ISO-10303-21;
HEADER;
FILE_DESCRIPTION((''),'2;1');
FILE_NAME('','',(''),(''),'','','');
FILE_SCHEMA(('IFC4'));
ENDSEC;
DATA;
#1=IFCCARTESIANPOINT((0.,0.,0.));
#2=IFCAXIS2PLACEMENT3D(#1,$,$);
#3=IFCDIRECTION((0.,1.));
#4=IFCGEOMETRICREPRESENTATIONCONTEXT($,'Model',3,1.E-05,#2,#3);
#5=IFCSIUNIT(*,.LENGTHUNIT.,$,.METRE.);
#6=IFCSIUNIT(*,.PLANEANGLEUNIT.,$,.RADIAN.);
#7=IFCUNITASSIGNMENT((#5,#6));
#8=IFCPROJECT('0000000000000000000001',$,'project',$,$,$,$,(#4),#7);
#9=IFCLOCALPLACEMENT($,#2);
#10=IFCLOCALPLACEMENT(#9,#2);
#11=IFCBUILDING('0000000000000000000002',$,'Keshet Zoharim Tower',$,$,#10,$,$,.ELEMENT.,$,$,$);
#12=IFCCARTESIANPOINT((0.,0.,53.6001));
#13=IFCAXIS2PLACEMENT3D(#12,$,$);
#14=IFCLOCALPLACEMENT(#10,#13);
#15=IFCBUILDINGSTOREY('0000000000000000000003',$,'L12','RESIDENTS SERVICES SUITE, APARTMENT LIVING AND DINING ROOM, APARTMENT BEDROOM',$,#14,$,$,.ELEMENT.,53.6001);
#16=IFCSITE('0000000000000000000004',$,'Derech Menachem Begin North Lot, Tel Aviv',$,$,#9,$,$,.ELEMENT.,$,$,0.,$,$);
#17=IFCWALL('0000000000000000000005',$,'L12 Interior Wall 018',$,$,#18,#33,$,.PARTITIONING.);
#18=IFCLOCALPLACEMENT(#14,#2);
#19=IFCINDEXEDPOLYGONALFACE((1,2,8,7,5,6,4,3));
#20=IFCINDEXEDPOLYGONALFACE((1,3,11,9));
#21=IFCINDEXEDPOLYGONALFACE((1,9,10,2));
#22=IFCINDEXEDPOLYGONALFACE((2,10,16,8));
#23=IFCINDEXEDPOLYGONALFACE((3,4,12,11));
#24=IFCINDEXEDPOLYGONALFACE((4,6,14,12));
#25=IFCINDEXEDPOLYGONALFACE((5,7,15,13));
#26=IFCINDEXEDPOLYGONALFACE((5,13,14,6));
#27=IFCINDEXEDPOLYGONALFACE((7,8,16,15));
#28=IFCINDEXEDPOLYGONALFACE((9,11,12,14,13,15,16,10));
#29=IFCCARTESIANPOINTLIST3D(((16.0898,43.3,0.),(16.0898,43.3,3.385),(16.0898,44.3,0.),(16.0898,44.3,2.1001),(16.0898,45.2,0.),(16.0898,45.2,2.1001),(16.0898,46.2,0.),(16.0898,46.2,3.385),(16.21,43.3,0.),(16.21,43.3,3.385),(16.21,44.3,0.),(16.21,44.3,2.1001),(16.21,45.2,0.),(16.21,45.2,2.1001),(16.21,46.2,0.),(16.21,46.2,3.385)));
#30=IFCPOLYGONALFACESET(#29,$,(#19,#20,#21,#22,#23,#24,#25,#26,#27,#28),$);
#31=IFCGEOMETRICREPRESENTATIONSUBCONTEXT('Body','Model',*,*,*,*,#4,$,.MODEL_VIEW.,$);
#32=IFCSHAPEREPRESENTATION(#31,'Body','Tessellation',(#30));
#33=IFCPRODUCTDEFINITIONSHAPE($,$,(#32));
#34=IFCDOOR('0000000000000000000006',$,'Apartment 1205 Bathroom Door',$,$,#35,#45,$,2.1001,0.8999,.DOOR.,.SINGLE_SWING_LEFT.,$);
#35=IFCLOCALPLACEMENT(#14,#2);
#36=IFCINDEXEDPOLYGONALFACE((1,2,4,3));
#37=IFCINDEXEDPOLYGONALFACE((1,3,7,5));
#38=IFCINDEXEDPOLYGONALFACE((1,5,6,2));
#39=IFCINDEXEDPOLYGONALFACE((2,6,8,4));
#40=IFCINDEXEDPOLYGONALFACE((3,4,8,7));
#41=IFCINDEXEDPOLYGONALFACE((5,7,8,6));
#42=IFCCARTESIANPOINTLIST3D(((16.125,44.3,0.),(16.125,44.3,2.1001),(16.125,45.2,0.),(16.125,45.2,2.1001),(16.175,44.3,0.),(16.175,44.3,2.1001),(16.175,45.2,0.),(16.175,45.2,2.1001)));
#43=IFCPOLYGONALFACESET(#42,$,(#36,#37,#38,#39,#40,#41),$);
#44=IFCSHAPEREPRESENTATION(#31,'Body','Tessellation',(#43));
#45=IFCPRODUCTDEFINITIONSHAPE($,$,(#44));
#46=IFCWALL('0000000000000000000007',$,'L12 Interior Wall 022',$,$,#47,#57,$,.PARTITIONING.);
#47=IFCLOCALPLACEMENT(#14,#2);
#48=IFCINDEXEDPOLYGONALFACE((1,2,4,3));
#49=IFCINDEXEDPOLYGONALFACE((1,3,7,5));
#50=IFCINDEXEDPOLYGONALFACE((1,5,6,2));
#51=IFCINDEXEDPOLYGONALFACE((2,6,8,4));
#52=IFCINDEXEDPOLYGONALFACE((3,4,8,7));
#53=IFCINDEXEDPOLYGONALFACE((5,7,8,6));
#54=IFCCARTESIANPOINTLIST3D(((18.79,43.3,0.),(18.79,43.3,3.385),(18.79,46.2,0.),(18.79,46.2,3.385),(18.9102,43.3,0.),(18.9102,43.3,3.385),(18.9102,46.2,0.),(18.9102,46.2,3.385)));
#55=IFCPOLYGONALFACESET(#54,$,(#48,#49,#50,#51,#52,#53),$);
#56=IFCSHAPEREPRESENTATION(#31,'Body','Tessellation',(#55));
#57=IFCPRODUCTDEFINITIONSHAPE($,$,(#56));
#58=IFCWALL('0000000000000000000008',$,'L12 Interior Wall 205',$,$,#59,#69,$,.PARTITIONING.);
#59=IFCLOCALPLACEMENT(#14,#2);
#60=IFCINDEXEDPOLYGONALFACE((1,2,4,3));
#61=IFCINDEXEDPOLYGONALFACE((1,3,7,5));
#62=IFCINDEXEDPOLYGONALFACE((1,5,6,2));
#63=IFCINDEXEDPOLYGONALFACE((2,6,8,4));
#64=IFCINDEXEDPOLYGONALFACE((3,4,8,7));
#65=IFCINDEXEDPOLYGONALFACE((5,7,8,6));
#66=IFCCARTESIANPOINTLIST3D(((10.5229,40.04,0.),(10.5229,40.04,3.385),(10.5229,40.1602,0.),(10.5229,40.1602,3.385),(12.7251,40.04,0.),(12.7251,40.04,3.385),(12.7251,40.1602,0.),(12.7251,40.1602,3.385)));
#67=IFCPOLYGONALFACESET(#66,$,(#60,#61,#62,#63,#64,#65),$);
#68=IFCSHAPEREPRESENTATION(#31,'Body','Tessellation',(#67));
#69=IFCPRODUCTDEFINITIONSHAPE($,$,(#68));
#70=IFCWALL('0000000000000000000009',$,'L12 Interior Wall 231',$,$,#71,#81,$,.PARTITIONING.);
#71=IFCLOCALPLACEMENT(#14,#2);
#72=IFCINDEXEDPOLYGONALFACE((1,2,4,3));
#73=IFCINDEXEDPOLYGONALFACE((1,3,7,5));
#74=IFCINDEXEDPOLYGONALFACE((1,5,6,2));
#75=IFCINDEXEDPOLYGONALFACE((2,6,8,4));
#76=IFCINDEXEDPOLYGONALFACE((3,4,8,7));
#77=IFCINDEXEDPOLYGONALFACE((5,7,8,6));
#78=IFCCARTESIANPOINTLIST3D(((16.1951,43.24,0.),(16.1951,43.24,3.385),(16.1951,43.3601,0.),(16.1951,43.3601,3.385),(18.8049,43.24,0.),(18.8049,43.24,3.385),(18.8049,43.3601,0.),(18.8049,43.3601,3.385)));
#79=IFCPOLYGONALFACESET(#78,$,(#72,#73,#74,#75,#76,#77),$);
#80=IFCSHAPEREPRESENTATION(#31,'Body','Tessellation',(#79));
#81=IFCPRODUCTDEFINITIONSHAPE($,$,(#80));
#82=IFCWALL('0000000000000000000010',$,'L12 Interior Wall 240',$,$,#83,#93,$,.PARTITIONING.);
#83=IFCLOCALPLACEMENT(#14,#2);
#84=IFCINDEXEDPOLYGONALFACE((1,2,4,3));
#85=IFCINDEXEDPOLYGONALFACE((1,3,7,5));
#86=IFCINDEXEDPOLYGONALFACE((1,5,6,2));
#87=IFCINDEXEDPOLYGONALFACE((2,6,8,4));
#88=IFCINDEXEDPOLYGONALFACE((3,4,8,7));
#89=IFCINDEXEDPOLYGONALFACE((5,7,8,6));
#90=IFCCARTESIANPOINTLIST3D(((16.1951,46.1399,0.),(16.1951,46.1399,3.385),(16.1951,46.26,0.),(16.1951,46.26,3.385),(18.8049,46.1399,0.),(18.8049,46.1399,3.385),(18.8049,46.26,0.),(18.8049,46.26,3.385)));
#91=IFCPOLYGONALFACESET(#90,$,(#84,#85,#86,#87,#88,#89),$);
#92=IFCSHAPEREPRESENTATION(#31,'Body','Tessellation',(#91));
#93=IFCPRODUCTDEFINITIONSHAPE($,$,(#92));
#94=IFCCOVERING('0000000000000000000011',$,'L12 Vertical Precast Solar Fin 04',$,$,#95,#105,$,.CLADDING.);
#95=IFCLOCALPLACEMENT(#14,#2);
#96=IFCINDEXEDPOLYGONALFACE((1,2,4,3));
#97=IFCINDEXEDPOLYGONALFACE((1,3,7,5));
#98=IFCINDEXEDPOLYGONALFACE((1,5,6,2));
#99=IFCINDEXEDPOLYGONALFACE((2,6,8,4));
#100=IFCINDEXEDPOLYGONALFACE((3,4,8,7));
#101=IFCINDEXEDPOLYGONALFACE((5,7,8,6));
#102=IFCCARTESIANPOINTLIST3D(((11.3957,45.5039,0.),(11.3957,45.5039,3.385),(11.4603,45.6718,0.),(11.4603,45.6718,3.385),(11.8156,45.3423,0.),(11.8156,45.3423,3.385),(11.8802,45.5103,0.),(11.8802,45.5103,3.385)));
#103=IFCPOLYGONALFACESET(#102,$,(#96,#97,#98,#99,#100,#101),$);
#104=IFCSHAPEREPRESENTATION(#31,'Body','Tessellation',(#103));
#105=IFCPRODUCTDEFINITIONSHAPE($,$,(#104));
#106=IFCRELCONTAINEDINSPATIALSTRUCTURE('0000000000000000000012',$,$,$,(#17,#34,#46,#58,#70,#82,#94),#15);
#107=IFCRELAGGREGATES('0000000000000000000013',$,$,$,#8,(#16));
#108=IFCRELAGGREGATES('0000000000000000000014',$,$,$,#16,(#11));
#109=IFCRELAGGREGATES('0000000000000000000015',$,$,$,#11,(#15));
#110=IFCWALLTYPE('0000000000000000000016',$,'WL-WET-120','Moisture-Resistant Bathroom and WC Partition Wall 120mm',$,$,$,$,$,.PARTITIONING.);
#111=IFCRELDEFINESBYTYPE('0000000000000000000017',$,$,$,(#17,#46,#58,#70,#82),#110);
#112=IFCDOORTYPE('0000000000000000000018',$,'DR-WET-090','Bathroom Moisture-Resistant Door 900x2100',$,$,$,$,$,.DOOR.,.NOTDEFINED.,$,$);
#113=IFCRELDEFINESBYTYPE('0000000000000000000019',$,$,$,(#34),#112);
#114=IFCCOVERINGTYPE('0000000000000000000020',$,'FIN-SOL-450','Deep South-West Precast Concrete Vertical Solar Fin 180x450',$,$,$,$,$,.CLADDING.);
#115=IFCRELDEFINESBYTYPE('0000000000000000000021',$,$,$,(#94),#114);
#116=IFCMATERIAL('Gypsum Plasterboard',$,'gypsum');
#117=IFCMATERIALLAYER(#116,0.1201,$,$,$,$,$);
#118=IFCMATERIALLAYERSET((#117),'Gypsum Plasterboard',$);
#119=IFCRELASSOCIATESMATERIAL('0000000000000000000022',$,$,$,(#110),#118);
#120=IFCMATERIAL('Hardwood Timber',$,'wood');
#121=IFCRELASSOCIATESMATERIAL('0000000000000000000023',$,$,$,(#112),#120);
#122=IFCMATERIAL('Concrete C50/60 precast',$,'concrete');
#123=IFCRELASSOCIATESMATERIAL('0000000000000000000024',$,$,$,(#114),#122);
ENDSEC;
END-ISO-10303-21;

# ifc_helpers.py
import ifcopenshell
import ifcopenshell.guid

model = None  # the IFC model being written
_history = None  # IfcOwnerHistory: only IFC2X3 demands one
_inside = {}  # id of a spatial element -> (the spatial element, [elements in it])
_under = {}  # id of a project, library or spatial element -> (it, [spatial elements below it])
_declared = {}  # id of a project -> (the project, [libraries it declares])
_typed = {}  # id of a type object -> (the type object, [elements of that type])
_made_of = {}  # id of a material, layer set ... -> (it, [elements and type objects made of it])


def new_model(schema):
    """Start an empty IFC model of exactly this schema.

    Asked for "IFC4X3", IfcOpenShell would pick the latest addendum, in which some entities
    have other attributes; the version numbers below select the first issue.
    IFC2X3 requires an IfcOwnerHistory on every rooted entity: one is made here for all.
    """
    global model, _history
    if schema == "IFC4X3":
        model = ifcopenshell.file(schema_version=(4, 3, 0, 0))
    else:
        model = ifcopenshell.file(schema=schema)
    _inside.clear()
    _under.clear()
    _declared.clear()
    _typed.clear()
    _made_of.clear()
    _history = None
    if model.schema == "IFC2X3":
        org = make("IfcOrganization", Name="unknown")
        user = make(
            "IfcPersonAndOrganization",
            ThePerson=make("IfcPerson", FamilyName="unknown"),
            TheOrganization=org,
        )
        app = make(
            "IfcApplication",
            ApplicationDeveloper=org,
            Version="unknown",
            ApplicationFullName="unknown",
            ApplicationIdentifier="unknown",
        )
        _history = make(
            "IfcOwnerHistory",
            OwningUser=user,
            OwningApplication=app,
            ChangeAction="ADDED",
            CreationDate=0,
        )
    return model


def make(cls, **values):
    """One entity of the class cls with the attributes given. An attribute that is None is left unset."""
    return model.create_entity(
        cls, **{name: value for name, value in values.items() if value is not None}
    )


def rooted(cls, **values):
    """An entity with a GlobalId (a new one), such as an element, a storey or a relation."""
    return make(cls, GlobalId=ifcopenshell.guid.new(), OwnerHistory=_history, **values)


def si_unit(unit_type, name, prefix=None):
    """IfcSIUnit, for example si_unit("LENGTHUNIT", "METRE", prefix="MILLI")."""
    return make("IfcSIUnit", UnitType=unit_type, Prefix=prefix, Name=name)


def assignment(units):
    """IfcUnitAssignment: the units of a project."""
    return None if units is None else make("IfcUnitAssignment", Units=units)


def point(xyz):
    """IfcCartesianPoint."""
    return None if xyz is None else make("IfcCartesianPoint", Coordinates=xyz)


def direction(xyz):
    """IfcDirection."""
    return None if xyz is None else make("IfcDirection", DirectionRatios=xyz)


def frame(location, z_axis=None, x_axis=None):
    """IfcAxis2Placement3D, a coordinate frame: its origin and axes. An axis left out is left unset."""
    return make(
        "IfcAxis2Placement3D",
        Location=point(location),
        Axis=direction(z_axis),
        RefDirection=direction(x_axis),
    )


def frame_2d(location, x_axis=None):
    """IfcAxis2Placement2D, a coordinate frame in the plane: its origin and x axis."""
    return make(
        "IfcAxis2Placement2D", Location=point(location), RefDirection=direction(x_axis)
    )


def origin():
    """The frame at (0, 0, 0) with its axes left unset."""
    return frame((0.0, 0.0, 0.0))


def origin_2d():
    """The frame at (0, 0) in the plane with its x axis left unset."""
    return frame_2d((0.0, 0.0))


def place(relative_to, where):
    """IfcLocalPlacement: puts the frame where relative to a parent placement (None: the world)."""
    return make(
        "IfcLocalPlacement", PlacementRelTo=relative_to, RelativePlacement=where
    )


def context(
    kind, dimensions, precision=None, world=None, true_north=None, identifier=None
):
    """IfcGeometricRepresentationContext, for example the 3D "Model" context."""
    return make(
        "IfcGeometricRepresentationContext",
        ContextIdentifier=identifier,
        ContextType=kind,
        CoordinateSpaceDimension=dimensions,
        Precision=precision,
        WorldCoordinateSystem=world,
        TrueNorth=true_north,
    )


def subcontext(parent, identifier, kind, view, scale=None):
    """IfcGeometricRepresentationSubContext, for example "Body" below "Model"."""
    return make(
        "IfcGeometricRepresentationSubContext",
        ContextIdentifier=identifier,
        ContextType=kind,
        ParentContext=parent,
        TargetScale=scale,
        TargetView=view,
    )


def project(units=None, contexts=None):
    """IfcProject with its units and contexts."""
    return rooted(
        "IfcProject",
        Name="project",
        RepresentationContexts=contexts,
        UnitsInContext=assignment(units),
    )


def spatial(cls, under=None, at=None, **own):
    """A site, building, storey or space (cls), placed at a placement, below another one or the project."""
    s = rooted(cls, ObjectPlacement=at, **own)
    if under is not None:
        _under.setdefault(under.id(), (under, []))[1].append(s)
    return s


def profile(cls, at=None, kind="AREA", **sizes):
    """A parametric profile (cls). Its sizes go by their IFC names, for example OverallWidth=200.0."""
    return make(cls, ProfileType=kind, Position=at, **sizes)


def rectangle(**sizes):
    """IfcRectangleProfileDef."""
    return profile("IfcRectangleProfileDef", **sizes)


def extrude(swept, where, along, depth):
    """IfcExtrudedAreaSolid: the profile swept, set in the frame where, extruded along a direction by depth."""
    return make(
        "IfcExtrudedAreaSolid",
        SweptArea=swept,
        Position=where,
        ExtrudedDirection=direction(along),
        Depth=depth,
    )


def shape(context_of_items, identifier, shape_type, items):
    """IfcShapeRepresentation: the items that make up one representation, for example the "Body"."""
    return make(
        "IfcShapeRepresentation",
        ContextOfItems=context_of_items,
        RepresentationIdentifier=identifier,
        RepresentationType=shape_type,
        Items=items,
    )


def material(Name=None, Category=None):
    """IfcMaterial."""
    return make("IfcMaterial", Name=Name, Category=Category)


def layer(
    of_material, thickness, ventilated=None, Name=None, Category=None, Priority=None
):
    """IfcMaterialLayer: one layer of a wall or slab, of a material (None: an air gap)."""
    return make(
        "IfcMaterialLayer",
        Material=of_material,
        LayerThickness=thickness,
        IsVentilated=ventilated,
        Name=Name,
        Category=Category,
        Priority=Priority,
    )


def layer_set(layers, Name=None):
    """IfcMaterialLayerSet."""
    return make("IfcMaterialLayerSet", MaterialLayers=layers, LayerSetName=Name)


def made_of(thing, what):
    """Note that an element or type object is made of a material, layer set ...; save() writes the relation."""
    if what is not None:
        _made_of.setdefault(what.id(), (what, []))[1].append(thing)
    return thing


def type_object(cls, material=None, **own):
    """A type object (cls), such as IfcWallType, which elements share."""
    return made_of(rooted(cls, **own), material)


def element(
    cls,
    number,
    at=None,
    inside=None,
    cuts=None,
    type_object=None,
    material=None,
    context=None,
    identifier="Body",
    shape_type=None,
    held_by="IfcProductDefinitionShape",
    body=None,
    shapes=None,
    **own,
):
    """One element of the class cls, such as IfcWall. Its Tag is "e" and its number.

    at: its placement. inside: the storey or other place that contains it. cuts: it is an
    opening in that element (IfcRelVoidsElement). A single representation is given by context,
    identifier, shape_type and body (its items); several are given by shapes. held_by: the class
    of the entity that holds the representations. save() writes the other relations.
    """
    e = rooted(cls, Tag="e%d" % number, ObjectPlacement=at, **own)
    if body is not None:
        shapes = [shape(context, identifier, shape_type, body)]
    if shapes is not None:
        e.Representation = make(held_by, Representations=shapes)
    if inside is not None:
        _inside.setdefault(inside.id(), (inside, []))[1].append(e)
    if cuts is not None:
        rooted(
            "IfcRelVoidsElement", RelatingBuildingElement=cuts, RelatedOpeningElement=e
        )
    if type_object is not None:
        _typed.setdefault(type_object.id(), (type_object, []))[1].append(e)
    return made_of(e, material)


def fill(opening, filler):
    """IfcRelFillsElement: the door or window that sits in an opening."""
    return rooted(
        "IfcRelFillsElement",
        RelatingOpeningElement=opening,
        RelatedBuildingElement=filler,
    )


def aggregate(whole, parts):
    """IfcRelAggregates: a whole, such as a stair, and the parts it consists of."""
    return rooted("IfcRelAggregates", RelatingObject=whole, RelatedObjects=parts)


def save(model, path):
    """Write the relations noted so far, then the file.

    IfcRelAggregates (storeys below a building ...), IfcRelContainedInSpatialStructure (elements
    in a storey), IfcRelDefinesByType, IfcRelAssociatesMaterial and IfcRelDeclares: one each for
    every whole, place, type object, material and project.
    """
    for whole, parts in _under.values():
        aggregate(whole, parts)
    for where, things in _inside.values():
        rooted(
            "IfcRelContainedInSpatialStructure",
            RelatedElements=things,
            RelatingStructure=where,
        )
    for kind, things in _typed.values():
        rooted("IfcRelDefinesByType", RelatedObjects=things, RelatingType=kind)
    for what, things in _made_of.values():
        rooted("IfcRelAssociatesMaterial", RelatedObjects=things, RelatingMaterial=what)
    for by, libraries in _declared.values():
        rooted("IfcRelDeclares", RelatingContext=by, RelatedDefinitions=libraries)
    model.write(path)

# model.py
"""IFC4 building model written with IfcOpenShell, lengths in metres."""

from ifc_helpers import new_model, si_unit, direction, frame, frame_2d, origin, origin_2d, place, context, subcontext, project, spatial, rectangle, extrude, material, layer, layer_set, type_object, element, fill, save


model = new_model("IFC4")

# Units and contexts
model_context = context("Model", 3, precision=1e-05, world=origin(), true_north=direction((0.0, 1.0)))
body_context = subcontext(model_context, "Body", "Model", "MODEL_VIEW")
ifc_project = project(units=[si_unit("LENGTHUNIT", "METRE"), si_unit("PLANEANGLEUNIT", "RADIAN")], contexts=[model_context])

# Site, building, storey
site_placement = place(None, origin())
site = spatial("IfcSite", under=ifc_project, at=site_placement, Name="Derech Menachem Begin North Lot, Tel Aviv", CompositionType="ELEMENT", RefElevation=0.0)
building_placement = place(site_placement, origin())
building = spatial("IfcBuilding", under=site, at=building_placement, Name="Keshet Zoharim Tower", CompositionType="ELEMENT")
storey_placement = place(building_placement, frame((0.0, 0.0, 53.6001)))
storey = spatial("IfcBuildingStorey", under=building, at=storey_placement, Name="L12", Description="RESIDENTS SERVICES SUITE, APARTMENT LIVING AND DINING ROOM, APARTMENT BEDROOM", CompositionType="ELEMENT", Elevation=53.6001)

# Shared definitions
ifc_material_1 = material(Name="Gypsum Plasterboard", Category="gypsum")
ifc_material_2 = material(Name="Hardwood Timber", Category="wood")

# Wall, opening, door
ifc_layer_1 = layer(ifc_material_1, 0.1201)
ifc_layer_set_1 = layer_set([ifc_layer_1], Name="Gypsum Plasterboard")
wall_type_1 = type_object("IfcWallType", Name="WL-WET-120", Description="Moisture-Resistant Bathroom and WC Partition Wall 120mm", PredefinedType="PARTITIONING", material=ifc_layer_set_1)
wall_1_placement = place(storey_placement, frame((16.1499, 43.3, 0.0), z_axis=(0.0, 0.0, 1.0), x_axis=(0.0, 1.0, 0.0)))
wall_1 = element("IfcWall", 1, at=wall_1_placement, inside=storey, type_object=wall_type_1, Name="L12 Interior Wall 018", PredefinedType="PARTITIONING", context=body_context, shape_type="SweptSolid", body=[
    extrude(rectangle(XDim=2.8999, YDim=0.1201, at=frame_2d((1.45, 0.0))), origin(), (0.0, 0.0, 1.0), 3.385),
])
opening_1_placement = place(wall_1_placement, frame((1.0, 0.0, 0.0)))
opening_1 = element("IfcOpeningElement", 2, at=opening_1_placement, cuts=wall_1, PredefinedType="OPENING", context=body_context, shape_type="SweptSolid", body=[
    extrude(rectangle(XDim=0.8999, YDim=2.1001, at=frame_2d((0.45, 1.05))), frame((0.0, 0.0701, 0.0), z_axis=(0.0, -1.0, 0.0), x_axis=(1.0, 0.0, 0.0)), (0.0, 0.0, 1.0), 0.1401),
])
door_type_1 = type_object("IfcDoorType", Name="DR-WET-090", Description="Bathroom Moisture-Resistant Door 900x2100", OperationType="NOTDEFINED", PredefinedType="DOOR", material=ifc_material_2)
door_1_placement = place(opening_1_placement, origin())
door_1 = element("IfcDoor", 3, at=door_1_placement, inside=storey, type_object=door_type_1, Name="Apartment 1205 Bathroom Door", OperationType="SINGLE_SWING_LEFT", OverallHeight=2.1001, OverallWidth=0.8999, PredefinedType="DOOR", context=body_context, shape_type="SweptSolid", body=[
    extrude(rectangle(XDim=0.8999, YDim=2.1001, at=frame_2d((0.45, 1.05))), frame((0.0, 0.0249, 0.0), z_axis=(0.0, -1.0, 0.0), x_axis=(1.0, 0.0, 0.0)), (0.0, 0.0, 1.0), 0.05),
])
fill(opening_1, door_1)

# Walls
wall_2_placement = place(storey_placement, frame((18.8501, 43.3, 0.0), z_axis=(0.0, 0.0, 1.0), x_axis=(0.0, 1.0, 0.0)))
element("IfcWall", 4, at=wall_2_placement, inside=storey, type_object=wall_type_1, Name="L12 Interior Wall 022", PredefinedType="PARTITIONING", context=body_context, shape_type="SweptSolid", body=[
    extrude(rectangle(XDim=2.8999, YDim=0.1201, at=frame_2d((1.45, 0.0))), origin(), (0.0, 0.0, 1.0), 3.385),
])
wall_3_placement = place(storey_placement, frame((10.5229, 40.1001, 0.0), z_axis=(0.0, 0.0, 1.0), x_axis=(1.0, 0.0, 0.0)))
element("IfcWall", 5, at=wall_3_placement, inside=storey, type_object=wall_type_1, Name="L12 Interior Wall 205", PredefinedType="PARTITIONING", context=body_context, shape_type="SweptSolid", body=[
    extrude(rectangle(XDim=2.2021, YDim=0.1201, at=frame_2d((1.1011, 0.0))), origin(), (0.0, 0.0, 1.0), 3.385),
])
for number, where, z_axis, x_axis, name in (
    (6, (16.1951, 43.3, 0.0), (0.0, 0.0, 1.0), (1.0, 0.0, 0.0), "L12 Interior Wall 231"),
    (7, (16.1951, 46.2, 0.0), (0.0, 0.0, 1.0), (1.0, 0.0, 0.0), "L12 Interior Wall 240"),
):
    element("IfcWall", number, at=place(storey_placement, frame(where, z_axis=z_axis, x_axis=x_axis)), inside=storey, type_object=wall_type_1, Name=name, PredefinedType="PARTITIONING", context=body_context, shape_type="SweptSolid", body=[
        extrude(rectangle(XDim=2.6099, YDim=0.1201, at=frame_2d((1.3049, 0.0))), origin(), (0.0, 0.0, 1.0), 3.385),
    ])

# Covering
ifc_material_3 = material(Name="Concrete C50/60 precast", Category="concrete")
covering_type = type_object("IfcCoveringType", Name="FIN-SOL-450", Description="Deep South-West Precast Concrete Vertical Solar Fin 180x450", PredefinedType="CLADDING", material=ifc_material_3)
covering_placement = place(storey_placement, frame((11.6379, 45.5071, 0.0), z_axis=(0.0, 0.0, 1.0), x_axis=(0.35899, 0.933341, 0.0)))
element("IfcCovering", 8, at=covering_placement, inside=storey, type_object=covering_type, Name="L12 Vertical Precast Solar Fin 04", PredefinedType="CLADDING", context=body_context, shape_type="SweptSolid", body=[
    extrude(rectangle(XDim=0.1799, YDim=0.45, at=origin_2d()), origin(), (0.0, 0.0, 1.0), 3.385),
])

save(model, "model.ifc")
